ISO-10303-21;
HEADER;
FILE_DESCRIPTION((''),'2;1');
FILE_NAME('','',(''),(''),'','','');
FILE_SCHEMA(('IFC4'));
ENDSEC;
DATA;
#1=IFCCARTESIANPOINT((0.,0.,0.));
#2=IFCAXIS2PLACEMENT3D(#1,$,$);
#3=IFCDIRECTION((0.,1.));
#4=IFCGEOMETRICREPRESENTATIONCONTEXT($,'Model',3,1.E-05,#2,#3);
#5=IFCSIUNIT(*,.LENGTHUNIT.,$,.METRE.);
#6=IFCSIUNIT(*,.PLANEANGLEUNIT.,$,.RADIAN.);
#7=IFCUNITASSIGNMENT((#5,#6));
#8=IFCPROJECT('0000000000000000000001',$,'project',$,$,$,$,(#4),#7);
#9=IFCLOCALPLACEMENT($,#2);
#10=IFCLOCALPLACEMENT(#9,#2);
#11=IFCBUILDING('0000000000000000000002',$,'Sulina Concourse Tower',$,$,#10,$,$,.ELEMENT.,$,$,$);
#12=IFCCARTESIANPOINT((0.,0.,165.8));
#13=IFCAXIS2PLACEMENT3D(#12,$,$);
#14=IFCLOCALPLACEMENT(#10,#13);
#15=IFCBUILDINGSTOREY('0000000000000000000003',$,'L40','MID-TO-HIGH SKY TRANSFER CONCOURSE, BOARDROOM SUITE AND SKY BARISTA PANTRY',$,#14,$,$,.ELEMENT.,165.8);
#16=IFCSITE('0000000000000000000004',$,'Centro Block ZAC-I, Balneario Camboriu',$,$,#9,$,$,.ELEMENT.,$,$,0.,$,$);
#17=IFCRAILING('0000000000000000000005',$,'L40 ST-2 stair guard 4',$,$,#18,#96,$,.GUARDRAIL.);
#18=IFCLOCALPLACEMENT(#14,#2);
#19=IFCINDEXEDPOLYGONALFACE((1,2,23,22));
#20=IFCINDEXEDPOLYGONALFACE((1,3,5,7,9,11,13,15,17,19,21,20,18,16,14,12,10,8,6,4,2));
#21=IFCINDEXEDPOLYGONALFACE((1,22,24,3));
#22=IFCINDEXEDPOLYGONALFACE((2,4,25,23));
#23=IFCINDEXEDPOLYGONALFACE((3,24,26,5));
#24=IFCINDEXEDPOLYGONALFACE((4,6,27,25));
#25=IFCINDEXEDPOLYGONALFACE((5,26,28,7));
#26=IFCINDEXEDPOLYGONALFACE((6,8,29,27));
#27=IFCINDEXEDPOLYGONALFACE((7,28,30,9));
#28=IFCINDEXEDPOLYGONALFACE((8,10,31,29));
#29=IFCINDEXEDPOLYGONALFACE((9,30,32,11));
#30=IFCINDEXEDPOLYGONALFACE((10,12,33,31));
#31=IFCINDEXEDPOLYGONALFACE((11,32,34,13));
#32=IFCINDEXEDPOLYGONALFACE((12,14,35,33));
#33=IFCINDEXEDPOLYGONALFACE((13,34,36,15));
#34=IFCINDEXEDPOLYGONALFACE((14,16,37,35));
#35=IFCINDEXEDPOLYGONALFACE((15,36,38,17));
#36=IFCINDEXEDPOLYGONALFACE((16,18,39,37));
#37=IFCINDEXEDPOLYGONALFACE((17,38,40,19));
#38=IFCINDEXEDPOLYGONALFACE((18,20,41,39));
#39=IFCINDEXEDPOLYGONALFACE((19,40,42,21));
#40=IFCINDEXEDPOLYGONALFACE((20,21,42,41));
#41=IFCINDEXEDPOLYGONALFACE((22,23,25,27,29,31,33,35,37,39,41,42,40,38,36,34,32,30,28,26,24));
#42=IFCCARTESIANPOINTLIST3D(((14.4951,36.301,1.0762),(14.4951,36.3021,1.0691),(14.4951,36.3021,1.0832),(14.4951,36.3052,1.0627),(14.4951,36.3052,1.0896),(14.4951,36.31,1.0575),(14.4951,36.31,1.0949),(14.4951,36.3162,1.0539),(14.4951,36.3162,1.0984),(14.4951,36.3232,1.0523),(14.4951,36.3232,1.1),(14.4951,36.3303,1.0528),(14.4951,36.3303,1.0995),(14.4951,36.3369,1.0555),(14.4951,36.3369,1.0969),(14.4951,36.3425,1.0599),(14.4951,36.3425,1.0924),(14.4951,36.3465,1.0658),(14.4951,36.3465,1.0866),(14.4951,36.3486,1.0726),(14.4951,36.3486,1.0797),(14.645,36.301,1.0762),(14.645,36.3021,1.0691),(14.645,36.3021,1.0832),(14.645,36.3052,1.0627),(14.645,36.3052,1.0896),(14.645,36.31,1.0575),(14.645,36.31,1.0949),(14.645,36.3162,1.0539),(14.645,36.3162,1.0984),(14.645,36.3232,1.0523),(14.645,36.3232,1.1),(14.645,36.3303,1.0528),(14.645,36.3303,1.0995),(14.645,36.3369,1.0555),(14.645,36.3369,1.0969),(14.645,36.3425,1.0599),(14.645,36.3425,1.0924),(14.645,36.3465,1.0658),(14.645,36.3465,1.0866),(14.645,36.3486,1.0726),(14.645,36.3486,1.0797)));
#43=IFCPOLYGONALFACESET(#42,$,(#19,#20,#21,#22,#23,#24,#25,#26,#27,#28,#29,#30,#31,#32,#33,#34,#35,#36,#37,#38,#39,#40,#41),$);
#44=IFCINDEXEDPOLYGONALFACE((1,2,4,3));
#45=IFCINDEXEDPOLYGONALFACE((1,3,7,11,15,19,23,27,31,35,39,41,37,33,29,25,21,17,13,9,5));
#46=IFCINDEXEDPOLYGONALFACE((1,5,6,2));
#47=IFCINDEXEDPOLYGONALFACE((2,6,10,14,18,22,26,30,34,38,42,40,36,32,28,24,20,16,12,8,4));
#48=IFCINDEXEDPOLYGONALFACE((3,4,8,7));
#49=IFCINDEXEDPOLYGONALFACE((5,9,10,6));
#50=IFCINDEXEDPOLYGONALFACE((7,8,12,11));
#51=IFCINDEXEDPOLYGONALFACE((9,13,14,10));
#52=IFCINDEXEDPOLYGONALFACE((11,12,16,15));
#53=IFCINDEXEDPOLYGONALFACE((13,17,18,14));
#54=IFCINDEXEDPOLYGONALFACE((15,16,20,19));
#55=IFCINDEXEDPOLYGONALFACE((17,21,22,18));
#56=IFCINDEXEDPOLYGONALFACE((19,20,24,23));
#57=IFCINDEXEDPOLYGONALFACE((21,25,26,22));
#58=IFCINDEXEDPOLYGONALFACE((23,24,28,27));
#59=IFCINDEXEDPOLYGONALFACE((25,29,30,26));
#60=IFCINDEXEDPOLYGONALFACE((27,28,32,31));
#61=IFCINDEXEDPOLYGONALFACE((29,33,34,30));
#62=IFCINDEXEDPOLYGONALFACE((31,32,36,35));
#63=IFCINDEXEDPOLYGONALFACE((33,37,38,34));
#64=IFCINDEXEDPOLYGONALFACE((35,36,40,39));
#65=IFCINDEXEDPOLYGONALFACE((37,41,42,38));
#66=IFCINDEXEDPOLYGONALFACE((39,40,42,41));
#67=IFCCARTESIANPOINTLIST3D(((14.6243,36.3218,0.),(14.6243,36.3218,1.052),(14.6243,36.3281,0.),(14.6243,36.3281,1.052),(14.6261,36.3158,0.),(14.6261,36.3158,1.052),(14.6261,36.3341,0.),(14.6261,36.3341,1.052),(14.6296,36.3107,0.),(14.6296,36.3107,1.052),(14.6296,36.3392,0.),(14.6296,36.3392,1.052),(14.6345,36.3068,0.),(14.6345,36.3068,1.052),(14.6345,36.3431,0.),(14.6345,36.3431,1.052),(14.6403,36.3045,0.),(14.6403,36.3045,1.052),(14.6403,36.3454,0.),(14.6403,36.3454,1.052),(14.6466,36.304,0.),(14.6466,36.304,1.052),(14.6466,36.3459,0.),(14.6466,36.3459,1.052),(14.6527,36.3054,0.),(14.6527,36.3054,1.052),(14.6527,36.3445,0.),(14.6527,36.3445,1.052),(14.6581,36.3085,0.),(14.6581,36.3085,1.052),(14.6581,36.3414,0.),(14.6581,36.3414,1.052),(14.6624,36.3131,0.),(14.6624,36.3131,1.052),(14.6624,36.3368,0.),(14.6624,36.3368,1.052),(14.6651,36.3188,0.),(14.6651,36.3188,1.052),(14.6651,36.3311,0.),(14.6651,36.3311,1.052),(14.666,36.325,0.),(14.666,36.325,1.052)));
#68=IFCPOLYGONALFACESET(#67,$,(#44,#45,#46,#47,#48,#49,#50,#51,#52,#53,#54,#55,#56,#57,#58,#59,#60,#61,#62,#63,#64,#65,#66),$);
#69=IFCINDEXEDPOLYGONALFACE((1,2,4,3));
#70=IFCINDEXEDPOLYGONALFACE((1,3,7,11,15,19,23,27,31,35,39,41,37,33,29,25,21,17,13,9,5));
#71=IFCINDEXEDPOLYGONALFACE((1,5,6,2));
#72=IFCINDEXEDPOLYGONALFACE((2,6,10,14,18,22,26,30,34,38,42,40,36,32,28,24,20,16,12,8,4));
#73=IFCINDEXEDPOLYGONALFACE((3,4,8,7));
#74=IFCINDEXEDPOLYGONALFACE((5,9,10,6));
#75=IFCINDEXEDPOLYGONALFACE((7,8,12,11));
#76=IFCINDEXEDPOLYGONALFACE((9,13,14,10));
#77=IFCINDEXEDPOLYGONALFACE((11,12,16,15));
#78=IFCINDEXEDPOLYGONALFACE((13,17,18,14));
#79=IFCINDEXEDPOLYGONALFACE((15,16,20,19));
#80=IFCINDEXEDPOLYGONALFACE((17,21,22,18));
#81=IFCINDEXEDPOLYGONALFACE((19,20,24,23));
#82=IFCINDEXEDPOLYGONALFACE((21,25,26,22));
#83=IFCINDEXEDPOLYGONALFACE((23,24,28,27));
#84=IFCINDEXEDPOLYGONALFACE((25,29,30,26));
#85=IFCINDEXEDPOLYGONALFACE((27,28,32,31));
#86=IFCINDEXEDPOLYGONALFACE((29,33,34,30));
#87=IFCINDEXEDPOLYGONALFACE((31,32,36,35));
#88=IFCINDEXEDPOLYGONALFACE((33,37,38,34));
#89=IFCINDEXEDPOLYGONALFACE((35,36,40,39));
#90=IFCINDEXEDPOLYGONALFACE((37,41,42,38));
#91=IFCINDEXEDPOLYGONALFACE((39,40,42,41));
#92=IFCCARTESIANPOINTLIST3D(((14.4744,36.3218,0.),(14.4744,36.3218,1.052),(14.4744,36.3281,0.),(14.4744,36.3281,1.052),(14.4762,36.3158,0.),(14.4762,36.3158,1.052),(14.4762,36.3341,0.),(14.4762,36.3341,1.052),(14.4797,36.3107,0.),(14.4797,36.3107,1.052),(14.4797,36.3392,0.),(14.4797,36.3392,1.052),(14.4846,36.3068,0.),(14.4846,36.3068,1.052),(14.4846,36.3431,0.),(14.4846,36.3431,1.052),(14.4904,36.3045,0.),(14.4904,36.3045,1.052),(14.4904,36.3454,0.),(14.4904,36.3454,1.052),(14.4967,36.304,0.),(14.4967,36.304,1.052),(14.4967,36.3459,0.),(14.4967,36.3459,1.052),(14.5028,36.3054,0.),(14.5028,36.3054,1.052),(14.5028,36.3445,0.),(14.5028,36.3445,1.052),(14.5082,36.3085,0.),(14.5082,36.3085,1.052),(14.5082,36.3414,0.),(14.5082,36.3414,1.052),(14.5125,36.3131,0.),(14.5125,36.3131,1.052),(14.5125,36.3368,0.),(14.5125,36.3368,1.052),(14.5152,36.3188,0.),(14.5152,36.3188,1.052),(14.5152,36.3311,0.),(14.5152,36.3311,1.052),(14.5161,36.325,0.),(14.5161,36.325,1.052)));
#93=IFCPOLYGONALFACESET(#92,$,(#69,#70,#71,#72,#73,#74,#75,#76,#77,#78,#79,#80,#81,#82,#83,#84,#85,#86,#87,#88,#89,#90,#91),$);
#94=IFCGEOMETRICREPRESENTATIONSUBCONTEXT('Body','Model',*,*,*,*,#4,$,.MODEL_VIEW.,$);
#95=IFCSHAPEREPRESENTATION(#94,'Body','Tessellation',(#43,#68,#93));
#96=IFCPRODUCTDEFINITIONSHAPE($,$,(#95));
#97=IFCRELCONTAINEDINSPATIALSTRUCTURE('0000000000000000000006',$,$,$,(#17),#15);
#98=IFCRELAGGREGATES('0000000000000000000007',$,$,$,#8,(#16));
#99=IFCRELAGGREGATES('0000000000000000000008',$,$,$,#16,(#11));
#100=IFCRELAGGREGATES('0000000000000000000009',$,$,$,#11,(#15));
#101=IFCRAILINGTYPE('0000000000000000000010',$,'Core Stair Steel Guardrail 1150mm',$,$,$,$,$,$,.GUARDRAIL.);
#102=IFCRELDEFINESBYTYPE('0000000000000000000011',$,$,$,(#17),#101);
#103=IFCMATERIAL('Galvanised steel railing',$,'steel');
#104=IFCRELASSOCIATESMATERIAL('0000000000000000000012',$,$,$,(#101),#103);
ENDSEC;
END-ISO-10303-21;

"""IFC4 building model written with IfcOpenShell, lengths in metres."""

from ifc_helpers import new_model, si_unit, direction, frame, origin, origin_2d, place, context, subcontext, project, spatial, circle, extrude, material, type_object, element, save


model = new_model("IFC4")

# Units and contexts
model_context = context("Model", 3, precision=1e-05, world=origin(), true_north=direction((0.0, 1.0)))
body_context = subcontext(model_context, "Body", "Model", "MODEL_VIEW")
ifc_project = project(units=[si_unit("LENGTHUNIT", "METRE"), si_unit("PLANEANGLEUNIT", "RADIAN")], contexts=[model_context])

# Site, building, storey
site_placement = place(None, origin())
site = spatial("IfcSite", under=ifc_project, at=site_placement, Name="Centro Block ZAC-I, Balneario Camboriu", CompositionType="ELEMENT", RefElevation=0.0)
building_placement = place(site_placement, origin())
building = spatial("IfcBuilding", under=site, at=building_placement, Name="Sulina Concourse Tower", CompositionType="ELEMENT")
storey_placement = place(building_placement, frame((0.0, 0.0, 165.8)))
storey = spatial("IfcBuildingStorey", under=building, at=storey_placement, Name="L40", Description="MID-TO-HIGH SKY TRANSFER CONCOURSE, BOARDROOM SUITE AND SKY BARISTA PANTRY", CompositionType="ELEMENT", Elevation=165.8)

# Railing
ifc_material_1 = material(Name="Galvanised steel railing", Category="steel")
railing_type_1 = type_object("IfcRailingType", Name="Core Stair Steel Guardrail 1150mm", PredefinedType="GUARDRAIL", material=ifc_material_1)
railing_1_placement = place(storey_placement, frame((14.645, 36.325, 0.0)))
element("IfcRailing", 1, at=railing_1_placement, inside=storey, type_object=railing_type_1, Name="L40 ST-2 stair guard 4", PredefinedType="GUARDRAIL", context=body_context, shape_type="SweptSolid", body=[
    extrude(circle(Radius=0.0239, at=origin_2d()), frame((0.0, 0.0, 1.0762), z_axis=(-1.0, 0.0, 0.0), x_axis=(0.0, -1.0, 0.0)), (0.0, 0.0, 1.0), 0.1499),
    extrude(circle(Radius=0.021, at=origin_2d()), origin(), (0.0, 0.0, 1.0), 1.052),
    extrude(circle(Radius=0.021, at=origin_2d()), frame((-0.1499, 0.0, 0.0)), (0.0, 0.0, 1.0), 1.052),
])

save(model, "model.ifc")
